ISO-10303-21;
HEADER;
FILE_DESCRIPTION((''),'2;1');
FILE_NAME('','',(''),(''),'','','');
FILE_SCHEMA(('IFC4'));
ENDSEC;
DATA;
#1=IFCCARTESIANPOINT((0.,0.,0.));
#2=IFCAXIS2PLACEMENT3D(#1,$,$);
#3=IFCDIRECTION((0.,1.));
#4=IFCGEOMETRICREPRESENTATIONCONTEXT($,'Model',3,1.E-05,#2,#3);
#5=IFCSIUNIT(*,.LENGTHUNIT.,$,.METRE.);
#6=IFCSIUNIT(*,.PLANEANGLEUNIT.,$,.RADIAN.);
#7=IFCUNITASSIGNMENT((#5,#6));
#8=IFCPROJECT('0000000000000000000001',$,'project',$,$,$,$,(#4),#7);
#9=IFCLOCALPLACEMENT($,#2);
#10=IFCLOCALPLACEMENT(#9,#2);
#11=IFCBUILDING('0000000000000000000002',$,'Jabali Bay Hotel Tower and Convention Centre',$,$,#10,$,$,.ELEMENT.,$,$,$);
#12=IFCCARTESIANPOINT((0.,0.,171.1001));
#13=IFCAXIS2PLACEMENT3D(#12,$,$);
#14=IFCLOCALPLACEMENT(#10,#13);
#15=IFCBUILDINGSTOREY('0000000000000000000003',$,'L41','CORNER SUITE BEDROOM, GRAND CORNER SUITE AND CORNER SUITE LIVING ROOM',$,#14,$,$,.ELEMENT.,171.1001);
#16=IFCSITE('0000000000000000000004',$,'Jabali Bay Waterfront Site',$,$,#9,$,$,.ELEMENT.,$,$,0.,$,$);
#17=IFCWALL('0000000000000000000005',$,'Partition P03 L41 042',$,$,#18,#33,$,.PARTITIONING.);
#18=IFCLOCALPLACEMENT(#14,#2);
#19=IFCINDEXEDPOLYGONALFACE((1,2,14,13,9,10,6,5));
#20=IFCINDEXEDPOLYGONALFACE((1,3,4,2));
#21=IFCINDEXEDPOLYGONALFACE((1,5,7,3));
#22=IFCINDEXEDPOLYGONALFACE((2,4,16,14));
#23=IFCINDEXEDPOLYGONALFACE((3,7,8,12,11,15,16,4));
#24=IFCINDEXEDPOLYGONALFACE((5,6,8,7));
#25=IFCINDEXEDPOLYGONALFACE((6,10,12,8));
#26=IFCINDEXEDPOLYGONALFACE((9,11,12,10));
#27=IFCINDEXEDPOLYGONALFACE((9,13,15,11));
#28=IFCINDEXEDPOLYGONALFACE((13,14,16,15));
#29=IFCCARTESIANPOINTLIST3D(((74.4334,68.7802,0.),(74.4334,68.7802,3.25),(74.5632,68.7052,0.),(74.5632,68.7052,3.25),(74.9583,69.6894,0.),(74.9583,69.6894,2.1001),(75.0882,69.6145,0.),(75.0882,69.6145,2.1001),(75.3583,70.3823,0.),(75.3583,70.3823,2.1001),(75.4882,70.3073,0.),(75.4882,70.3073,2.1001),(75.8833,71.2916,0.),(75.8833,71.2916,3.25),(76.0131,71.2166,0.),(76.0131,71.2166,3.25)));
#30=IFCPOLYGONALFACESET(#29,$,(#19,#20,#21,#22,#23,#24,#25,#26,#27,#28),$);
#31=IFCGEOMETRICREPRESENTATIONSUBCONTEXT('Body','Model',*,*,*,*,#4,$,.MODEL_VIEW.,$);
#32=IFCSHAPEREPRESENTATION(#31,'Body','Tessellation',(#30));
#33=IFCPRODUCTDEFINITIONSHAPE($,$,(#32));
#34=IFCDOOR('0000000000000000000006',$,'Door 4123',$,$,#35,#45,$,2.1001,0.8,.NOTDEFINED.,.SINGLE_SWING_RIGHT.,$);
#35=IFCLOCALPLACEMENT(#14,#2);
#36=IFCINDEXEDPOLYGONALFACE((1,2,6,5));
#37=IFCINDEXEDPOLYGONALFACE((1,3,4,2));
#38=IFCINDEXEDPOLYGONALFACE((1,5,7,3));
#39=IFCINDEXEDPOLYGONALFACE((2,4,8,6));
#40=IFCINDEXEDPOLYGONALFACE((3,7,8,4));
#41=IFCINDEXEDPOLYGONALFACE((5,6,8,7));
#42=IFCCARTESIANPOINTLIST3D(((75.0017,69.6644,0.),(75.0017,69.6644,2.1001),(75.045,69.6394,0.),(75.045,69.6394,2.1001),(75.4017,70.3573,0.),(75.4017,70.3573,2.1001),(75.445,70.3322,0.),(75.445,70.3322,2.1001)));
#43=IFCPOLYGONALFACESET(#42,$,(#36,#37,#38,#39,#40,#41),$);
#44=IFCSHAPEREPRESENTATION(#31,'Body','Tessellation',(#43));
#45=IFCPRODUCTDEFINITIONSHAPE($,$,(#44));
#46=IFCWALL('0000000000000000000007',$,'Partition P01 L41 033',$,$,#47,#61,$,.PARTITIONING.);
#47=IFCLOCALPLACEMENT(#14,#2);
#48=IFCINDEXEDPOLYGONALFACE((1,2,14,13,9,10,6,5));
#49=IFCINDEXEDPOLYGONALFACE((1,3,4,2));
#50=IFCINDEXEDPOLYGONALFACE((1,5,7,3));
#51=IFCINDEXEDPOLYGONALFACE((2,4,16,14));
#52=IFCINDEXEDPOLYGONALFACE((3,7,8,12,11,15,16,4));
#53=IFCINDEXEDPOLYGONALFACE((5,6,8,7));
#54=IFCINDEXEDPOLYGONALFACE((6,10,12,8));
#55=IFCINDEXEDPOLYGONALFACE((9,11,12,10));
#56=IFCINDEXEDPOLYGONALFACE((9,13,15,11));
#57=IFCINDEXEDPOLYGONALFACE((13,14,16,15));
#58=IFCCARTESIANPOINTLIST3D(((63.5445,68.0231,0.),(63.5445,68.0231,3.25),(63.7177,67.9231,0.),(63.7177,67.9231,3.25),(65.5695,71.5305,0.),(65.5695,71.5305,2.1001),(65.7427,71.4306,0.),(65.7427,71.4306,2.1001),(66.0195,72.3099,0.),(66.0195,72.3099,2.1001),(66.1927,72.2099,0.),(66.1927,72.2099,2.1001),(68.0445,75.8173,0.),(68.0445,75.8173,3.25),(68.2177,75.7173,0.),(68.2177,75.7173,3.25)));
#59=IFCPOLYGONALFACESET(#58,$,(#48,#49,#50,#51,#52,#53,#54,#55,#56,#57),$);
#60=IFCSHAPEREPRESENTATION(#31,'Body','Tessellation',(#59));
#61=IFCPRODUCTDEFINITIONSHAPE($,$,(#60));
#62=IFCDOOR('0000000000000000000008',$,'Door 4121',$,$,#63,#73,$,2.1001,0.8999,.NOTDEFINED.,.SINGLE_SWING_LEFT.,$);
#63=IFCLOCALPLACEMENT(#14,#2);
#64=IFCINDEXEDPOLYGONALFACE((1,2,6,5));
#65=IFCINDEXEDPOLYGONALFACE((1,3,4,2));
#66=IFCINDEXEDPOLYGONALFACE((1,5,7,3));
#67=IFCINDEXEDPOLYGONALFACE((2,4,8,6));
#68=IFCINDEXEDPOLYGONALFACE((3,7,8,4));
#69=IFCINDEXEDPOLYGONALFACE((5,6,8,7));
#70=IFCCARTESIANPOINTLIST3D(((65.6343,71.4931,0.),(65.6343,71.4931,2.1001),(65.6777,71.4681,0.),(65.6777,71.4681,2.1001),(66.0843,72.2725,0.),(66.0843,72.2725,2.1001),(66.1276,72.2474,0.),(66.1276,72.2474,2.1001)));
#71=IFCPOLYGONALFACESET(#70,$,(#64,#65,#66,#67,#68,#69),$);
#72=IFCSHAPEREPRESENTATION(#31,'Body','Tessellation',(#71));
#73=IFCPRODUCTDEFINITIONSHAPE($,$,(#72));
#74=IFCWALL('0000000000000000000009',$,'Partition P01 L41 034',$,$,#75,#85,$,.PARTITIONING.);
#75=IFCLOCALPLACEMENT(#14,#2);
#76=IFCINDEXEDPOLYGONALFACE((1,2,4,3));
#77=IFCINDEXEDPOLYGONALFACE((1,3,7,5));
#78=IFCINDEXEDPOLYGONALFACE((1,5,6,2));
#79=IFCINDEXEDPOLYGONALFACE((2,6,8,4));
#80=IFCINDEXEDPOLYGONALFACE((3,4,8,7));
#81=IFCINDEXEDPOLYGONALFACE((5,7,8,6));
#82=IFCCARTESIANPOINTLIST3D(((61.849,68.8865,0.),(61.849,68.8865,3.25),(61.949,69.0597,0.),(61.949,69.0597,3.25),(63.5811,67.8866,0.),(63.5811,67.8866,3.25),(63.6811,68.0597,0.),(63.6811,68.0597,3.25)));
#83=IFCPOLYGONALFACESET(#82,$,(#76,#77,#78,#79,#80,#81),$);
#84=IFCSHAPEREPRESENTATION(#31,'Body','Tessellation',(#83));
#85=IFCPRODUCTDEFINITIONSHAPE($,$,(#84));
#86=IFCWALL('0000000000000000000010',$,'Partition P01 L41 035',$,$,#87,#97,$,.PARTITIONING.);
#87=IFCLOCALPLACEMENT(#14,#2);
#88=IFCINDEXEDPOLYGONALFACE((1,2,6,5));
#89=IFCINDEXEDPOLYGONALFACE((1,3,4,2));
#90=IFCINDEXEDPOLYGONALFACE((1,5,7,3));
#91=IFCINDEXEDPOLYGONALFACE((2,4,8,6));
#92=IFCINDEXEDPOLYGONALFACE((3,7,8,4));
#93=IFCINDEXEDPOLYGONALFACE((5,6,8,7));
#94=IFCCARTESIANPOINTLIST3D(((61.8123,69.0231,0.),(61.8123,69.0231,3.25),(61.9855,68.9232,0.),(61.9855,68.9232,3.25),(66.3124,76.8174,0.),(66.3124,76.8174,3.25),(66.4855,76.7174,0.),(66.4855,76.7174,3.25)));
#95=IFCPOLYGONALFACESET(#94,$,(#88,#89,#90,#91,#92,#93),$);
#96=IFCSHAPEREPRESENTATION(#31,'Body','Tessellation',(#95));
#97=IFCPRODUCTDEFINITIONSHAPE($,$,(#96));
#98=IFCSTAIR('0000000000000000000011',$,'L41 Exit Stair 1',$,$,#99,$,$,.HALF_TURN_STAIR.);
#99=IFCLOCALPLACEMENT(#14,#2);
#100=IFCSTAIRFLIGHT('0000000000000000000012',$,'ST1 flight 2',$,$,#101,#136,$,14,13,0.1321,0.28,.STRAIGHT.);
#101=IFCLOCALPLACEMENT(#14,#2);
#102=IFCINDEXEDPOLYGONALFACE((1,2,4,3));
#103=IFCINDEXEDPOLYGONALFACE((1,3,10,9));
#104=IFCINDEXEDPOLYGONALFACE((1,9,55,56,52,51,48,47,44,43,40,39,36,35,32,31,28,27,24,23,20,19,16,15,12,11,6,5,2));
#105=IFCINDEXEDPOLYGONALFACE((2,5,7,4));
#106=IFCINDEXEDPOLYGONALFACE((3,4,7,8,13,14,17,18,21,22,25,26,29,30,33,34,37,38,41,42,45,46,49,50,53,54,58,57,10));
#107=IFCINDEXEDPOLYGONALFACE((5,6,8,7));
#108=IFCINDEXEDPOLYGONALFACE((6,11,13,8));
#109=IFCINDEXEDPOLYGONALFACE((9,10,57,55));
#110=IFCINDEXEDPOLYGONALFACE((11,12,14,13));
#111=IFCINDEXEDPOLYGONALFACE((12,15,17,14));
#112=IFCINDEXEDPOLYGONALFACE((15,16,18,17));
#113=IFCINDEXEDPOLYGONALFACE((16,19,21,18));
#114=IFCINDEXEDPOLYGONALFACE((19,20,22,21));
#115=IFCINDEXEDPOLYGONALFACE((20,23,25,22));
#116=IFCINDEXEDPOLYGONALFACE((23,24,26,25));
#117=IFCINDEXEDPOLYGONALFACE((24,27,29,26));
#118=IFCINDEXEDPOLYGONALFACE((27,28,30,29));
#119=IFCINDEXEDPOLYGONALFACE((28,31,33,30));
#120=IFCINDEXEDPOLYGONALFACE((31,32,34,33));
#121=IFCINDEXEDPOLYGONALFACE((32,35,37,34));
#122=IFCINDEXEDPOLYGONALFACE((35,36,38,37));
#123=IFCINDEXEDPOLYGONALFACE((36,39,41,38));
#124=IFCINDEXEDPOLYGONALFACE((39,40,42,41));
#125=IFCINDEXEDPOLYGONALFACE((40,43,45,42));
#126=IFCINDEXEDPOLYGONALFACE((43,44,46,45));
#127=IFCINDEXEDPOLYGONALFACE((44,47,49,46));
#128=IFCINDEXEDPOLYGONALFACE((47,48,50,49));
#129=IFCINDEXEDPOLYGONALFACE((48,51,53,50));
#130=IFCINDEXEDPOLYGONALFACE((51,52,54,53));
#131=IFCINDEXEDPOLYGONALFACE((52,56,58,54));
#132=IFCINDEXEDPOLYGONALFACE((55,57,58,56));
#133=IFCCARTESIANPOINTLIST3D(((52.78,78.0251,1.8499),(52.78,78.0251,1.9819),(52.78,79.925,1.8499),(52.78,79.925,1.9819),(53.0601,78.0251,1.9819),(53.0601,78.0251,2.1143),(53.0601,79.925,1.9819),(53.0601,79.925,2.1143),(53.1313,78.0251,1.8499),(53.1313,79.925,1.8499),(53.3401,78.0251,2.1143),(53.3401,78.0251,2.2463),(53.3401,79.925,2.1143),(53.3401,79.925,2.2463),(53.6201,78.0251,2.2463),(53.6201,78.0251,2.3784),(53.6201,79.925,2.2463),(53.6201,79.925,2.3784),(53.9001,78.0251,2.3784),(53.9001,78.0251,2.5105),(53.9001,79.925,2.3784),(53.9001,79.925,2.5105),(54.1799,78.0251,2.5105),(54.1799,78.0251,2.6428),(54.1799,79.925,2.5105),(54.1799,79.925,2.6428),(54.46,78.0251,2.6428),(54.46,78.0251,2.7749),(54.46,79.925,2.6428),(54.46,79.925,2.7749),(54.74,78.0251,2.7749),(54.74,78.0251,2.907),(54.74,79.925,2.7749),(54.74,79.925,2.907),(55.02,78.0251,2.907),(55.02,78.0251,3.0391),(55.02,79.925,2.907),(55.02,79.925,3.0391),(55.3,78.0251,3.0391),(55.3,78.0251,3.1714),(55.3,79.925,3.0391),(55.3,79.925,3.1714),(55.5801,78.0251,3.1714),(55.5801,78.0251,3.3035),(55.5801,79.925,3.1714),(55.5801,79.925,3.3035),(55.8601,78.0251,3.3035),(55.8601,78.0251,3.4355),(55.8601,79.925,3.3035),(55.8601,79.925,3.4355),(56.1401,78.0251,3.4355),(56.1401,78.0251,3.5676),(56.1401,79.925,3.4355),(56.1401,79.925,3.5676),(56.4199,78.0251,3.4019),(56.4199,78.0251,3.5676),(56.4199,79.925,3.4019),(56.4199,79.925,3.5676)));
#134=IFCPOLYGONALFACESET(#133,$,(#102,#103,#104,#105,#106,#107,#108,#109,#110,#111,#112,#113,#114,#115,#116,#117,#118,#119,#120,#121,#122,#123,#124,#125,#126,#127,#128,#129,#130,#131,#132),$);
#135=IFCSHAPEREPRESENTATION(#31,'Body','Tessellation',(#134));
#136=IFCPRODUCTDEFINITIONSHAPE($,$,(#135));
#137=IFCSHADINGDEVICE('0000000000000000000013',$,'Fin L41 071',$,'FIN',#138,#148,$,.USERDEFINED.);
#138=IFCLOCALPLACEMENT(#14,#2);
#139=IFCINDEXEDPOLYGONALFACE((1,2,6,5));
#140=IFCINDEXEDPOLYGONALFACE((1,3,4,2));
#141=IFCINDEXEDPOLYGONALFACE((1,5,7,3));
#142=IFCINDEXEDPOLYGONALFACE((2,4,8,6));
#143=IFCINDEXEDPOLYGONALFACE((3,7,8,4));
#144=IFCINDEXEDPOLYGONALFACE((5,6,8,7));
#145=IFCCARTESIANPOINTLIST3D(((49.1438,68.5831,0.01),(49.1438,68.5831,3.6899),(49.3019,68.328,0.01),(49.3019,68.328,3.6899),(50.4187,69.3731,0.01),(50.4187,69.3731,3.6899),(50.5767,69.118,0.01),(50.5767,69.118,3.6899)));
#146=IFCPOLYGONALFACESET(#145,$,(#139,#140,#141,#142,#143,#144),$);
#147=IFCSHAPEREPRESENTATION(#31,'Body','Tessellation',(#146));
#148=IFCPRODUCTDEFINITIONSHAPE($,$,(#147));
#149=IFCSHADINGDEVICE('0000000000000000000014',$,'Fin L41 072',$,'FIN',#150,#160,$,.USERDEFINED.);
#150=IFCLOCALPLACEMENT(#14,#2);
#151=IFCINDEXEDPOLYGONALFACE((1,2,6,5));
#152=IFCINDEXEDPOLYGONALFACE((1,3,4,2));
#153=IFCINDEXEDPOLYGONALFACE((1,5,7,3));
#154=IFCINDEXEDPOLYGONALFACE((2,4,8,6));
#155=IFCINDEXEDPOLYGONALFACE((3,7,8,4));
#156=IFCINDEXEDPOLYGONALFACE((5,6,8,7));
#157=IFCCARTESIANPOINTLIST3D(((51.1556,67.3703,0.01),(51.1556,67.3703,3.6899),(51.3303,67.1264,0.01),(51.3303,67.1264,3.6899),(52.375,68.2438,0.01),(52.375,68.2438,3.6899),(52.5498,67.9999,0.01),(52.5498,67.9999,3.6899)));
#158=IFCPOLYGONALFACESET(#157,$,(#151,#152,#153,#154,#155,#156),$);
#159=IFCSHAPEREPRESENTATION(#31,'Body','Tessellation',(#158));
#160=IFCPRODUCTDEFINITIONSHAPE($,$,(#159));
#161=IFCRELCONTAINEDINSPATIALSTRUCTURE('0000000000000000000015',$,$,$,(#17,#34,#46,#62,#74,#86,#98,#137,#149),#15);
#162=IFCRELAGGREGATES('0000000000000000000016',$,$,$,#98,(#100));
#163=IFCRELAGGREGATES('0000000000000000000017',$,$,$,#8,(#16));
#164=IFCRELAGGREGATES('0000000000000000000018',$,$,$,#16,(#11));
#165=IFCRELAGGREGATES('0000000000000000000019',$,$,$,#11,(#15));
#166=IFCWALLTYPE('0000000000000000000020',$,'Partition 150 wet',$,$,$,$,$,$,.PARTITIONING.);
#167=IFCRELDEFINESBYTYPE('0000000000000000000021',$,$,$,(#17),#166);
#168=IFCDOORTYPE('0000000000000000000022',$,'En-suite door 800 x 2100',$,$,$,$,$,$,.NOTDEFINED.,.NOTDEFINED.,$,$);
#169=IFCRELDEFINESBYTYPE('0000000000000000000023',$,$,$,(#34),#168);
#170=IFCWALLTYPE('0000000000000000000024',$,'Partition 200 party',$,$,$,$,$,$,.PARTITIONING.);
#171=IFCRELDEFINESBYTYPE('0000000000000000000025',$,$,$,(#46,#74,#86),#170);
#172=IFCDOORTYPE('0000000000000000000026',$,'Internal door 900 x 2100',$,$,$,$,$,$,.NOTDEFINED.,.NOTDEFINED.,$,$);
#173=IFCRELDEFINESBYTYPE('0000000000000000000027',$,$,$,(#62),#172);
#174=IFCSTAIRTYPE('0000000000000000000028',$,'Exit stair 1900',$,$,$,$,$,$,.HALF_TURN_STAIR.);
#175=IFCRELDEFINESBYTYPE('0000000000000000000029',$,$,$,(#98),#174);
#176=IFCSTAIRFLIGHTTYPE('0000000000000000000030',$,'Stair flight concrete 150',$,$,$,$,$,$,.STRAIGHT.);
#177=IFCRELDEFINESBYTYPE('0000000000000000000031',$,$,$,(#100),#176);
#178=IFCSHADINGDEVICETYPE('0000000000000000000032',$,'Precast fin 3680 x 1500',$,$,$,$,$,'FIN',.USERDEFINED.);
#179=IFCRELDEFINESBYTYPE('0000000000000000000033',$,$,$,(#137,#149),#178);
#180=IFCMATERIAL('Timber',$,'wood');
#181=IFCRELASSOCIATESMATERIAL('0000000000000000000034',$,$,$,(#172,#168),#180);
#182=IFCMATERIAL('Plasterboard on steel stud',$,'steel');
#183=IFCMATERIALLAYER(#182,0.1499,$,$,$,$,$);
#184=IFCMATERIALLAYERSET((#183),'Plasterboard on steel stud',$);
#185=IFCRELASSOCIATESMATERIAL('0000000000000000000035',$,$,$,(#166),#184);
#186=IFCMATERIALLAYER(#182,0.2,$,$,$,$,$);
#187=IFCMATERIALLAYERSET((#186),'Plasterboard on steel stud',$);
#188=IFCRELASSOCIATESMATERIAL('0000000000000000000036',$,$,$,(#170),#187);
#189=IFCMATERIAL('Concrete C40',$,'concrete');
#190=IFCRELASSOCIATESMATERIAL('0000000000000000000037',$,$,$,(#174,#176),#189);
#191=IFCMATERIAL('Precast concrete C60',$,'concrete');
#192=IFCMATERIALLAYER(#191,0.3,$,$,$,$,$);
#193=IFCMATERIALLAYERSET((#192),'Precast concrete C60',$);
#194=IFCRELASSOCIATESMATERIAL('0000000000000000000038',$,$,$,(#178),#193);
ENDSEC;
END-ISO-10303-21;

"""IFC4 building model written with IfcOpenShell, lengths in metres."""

from ifc_helpers import new_model, si_unit, direction, frame, frame_2d, origin, place, context, subcontext, project, spatial, polyline, rectangle, outline, extrude, material, layer, layer_set, type_object, element, fill, aggregate, save


model = new_model("IFC4")

# Units and contexts
model_context = context("Model", 3, precision=1e-05, world=origin(), true_north=direction((0.0, 1.0)))
body_context = subcontext(model_context, "Body", "Model", "MODEL_VIEW")
ifc_project = project(units=[si_unit("LENGTHUNIT", "METRE"), si_unit("PLANEANGLEUNIT", "RADIAN")], contexts=[model_context])

# Site, building, storey
site_placement = place(None, origin())
site = spatial("IfcSite", under=ifc_project, at=site_placement, Name="Jabali Bay Waterfront Site", CompositionType="ELEMENT", RefElevation=0.0)
building_placement = place(site_placement, origin())
building = spatial("IfcBuilding", under=site, at=building_placement, Name="Jabali Bay Hotel Tower and Convention Centre", CompositionType="ELEMENT")
storey_placement = place(building_placement, frame((0.0, 0.0, 171.1001)))
storey = spatial("IfcBuildingStorey", under=building, at=storey_placement, Name="L41", Description="CORNER SUITE BEDROOM, GRAND CORNER SUITE AND CORNER SUITE LIVING ROOM", CompositionType="ELEMENT", Elevation=171.1001)

# Shared definitions
ifc_material_1 = material(Name="Concrete C40", Category="concrete")

# Shared definitions
ifc_material_2 = material(Name="Timber", Category="wood")

# Walls, openings, doors
ifc_material_3 = material(Name="Plasterboard on steel stud", Category="steel")
door_type_1 = type_object("IfcDoorType", Name="Internal door 900 x 2100", OperationType="NOTDEFINED", PredefinedType="NOTDEFINED", material=ifc_material_2)
ifc_layer_1 = layer(ifc_material_3, 0.1499)
ifc_layer_set_1 = layer_set([ifc_layer_1], Name="Plasterboard on steel stud")
wall_type_1 = type_object("IfcWallType", Name="Partition 150 wet", PredefinedType="PARTITIONING", material=ifc_layer_set_1)
wall_1_placement = place(storey_placement, frame((74.4983, 68.7427, 0.0), z_axis=(0.0, 0.0, 1.0), x_axis=(0.499987, 0.866033, 0.0)))
wall_1 = element("IfcWall", 1, at=wall_1_placement, inside=storey, type_object=wall_type_1, Name="Partition P03 L41 042", PredefinedType="PARTITIONING", context=body_context, shape_type="SweptSolid", body=[
    extrude(rectangle(XDim=2.8999, YDim=0.1499, at=frame_2d((1.45, 0.0))), origin(), (0.0, 0.0, 1.0), 3.25),
])
opening_1_placement = place(wall_1_placement, frame((1.05, 0.0, 0.0)))
opening_1 = element("IfcOpeningElement", 2, at=opening_1_placement, cuts=wall_1, PredefinedType="OPENING", context=body_context, shape_type="SweptSolid", body=[
    extrude(rectangle(XDim=0.8, YDim=2.1001, at=frame_2d((0.3999, 1.05))), frame((0.0, 0.0854, 0.0), z_axis=(0.0, -1.0, 0.0), x_axis=(1.0, 0.0, 0.0)), (0.0, 0.0, 1.0), 0.1709),
])
door_type_2 = type_object("IfcDoorType", Name="En-suite door 800 x 2100", OperationType="NOTDEFINED", PredefinedType="NOTDEFINED", material=ifc_material_2)
door_1_placement = place(opening_1_placement, origin())
door_1 = element("IfcDoor", 3, at=door_1_placement, inside=storey, type_object=door_type_2, Name="Door 4123", OperationType="SINGLE_SWING_RIGHT", OverallHeight=2.1001, OverallWidth=0.8, PredefinedType="NOTDEFINED", context=body_context, shape_type="SweptSolid", body=[
    extrude(rectangle(XDim=0.8, YDim=2.1001, at=frame_2d((0.3999, 1.05))), frame((0.0, 0.0249, 0.0), z_axis=(0.0, -1.0, 0.0), x_axis=(1.0, 0.0, 0.0)), (0.0, 0.0, 1.0), 0.05),
])
fill(opening_1, door_1)
ifc_layer_2 = layer(ifc_material_3, 0.2)
ifc_layer_set_2 = layer_set([ifc_layer_2], Name="Plasterboard on steel stud")
wall_type_2 = type_object("IfcWallType", Name="Partition 200 party", PredefinedType="PARTITIONING", material=ifc_layer_set_2)
wall_2_placement = place(storey_placement, frame((68.1311, 75.7673, 0.0), z_axis=(0.0, 0.0, 1.0), x_axis=(-0.500002, -0.866024, 0.0)))
wall_2 = element("IfcWall", 4, at=wall_2_placement, inside=storey, type_object=wall_type_2, Name="Partition P01 L41 033", PredefinedType="PARTITIONING", context=body_context, shape_type="SweptSolid", body=[
    extrude(rectangle(XDim=9.0, YDim=0.2, at=frame_2d((4.5, 0.0))), origin(), (0.0, 0.0, 1.0), 3.25),
])
opening_2_placement = place(wall_2_placement, frame((4.05, 0.0, 0.0)))
opening_2 = element("IfcOpeningElement", 5, at=opening_2_placement, cuts=wall_2, PredefinedType="OPENING", context=body_context, shape_type="SweptSolid", body=[
    extrude(rectangle(XDim=0.8999, YDim=2.1001, at=frame_2d((0.45, 1.05))), frame((0.0, 0.1104, 0.0), z_axis=(0.0, -1.0, 0.0), x_axis=(1.0, 0.0, 0.0)), (0.0, 0.0, 1.0), 0.2209),
])
door_2_placement = place(opening_2_placement, origin())
door_2 = element("IfcDoor", 6, at=door_2_placement, inside=storey, type_object=door_type_1, Name="Door 4121", OperationType="SINGLE_SWING_LEFT", OverallHeight=2.1001, OverallWidth=0.8999, PredefinedType="NOTDEFINED", context=body_context, shape_type="SweptSolid", body=[
    extrude(rectangle(XDim=0.8999, YDim=2.1001, at=frame_2d((0.45, 1.05))), frame((0.0, 0.0249, 0.0), z_axis=(0.0, -1.0, 0.0), x_axis=(1.0, 0.0, 0.0)), (0.0, 0.0, 1.0), 0.05),
])
fill(opening_2, door_2)

# Walls
wall_3_placement = place(storey_placement, frame((63.6311, 67.9731, 0.0), z_axis=(0.0, 0.0, 1.0), x_axis=(-0.866041, 0.499973, 0.0)))
element("IfcWall", 7, at=wall_3_placement, inside=storey, type_object=wall_type_2, Name="Partition P01 L41 034", PredefinedType="PARTITIONING", context=body_context, shape_type="SweptSolid", body=[
    extrude(rectangle(XDim=2.0, YDim=0.2, at=frame_2d((1.0, 0.0))), origin(), (0.0, 0.0, 1.0), 3.25),
])
wall_4_placement = place(storey_placement, frame((61.8989, 68.9731, 0.0), z_axis=(0.0, 0.0, 1.0), x_axis=(0.500002, 0.866024, 0.0)))
element("IfcWall", 8, at=wall_4_placement, inside=storey, type_object=wall_type_2, Name="Partition P01 L41 035", PredefinedType="PARTITIONING", context=body_context, shape_type="SweptSolid", body=[
    extrude(rectangle(XDim=9.0, YDim=0.2, at=frame_2d((4.5, 0.0))), origin(), (0.0, 0.0, 1.0), 3.25),
])

# Stair, stair flight
stair_type = type_object("IfcStairType", Name="Exit stair 1900", PredefinedType="HALF_TURN_STAIR", material=ifc_material_1)
stair_placement = place(storey_placement, origin())
stair = element("IfcStair", 9, at=stair_placement, inside=storey, type_object=stair_type, Name="L41 Exit Stair 1", PredefinedType="HALF_TURN_STAIR")
stair_flight_type = type_object("IfcStairFlightType", Name="Stair flight concrete 150", PredefinedType="STRAIGHT", material=ifc_material_1)
stair_flight_placement = place(storey_placement, frame((52.78, 78.9751, 1.8499), z_axis=(0.0, 0.0, 1.0), x_axis=(1.0, 0.0, 0.0)))
stair_flight = element("IfcStairFlight", 10, at=stair_flight_placement, type_object=stair_flight_type, Name="ST1 flight 2", NumberOfRisers=14, NumberOfTreads=13, PredefinedType="STRAIGHT", RiserHeight=0.1321, TreadLength=0.28, context=body_context, shape_type="SweptSolid", body=[
    extrude(outline(polyline([(0.0, 0.0), (0.0, 0.1321), (0.28, 0.1321), (0.28, 0.2644), (0.5601, 0.2644), (0.5601, 0.3965), (0.8401, 0.3965), (0.8401, 0.5286), (1.1201, 0.5286), (1.1201, 0.6606), (1.3999, 0.6606), (1.3999, 0.793), (1.6799, 0.793), (1.6799, 0.925), (1.96, 0.925), (1.96, 1.0571), (2.24, 1.0571), (2.24, 1.1892), (2.52, 1.1892), (2.52, 1.3215), (2.8, 1.3215), (2.8, 1.4536), (3.0801, 1.4536), (3.0801, 1.5857), (3.3601, 1.5857), (3.3601, 1.7178), (3.6399, 1.7178), (3.6399, 1.8501), (3.6399, 1.552), (0.3513, 0.0), (0.0, 0.0)])), frame((0.0, 0.95, 0.0), z_axis=(0.0, -1.0, 0.0), x_axis=(1.0, 0.0, 0.0)), (0.0, 0.0, 1.0), 1.8999),
])
aggregate(stair, [stair_flight])

# Shading devices
ifc_material_4 = material(Name="Precast concrete C60", Category="concrete")
ifc_layer_3 = layer(ifc_material_4, 0.3)
ifc_layer_set_3 = layer_set([ifc_layer_3], Name="Precast concrete C60")
shading_device_type = type_object("IfcShadingDeviceType", Name="Precast fin 3680 x 1500", ElementType="FIN", PredefinedType="USERDEFINED", material=ifc_layer_set_3)
shading_device_1_placement = place(storey_placement, frame((50.4978, 69.2456, 0.01), z_axis=(0.0, 0.0, 1.0), x_axis=(-0.850022, -0.526747, 0.0)))
element("IfcShadingDevice", 11, at=shading_device_1_placement, inside=storey, type_object=shading_device_type, Name="Fin L41 071", ObjectType="FIN", PredefinedType="USERDEFINED", context=body_context, shape_type="SweptSolid", body=[
    extrude(rectangle(XDim=1.4998, YDim=0.3, at=frame_2d((0.75, 0.0))), origin(), (0.0, 0.0, 1.0), 3.6799),
])
shading_device_2_placement = place(storey_placement, frame((52.4624, 68.1218, 0.01), z_axis=(0.0, 0.0, 1.0), x_axis=(-0.812952, -0.582331, 0.0)))
element("IfcShadingDevice", 12, at=shading_device_2_placement, inside=storey, type_object=shading_device_type, Name="Fin L41 072", ObjectType="FIN", PredefinedType="USERDEFINED", context=body_context, shape_type="SweptSolid", body=[
    extrude(rectangle(XDim=1.5, YDim=0.3, at=frame_2d((0.75, 0.0))), origin(), (0.0, 0.0, 1.0), 3.6799),
])

save(model, "model.ifc")
